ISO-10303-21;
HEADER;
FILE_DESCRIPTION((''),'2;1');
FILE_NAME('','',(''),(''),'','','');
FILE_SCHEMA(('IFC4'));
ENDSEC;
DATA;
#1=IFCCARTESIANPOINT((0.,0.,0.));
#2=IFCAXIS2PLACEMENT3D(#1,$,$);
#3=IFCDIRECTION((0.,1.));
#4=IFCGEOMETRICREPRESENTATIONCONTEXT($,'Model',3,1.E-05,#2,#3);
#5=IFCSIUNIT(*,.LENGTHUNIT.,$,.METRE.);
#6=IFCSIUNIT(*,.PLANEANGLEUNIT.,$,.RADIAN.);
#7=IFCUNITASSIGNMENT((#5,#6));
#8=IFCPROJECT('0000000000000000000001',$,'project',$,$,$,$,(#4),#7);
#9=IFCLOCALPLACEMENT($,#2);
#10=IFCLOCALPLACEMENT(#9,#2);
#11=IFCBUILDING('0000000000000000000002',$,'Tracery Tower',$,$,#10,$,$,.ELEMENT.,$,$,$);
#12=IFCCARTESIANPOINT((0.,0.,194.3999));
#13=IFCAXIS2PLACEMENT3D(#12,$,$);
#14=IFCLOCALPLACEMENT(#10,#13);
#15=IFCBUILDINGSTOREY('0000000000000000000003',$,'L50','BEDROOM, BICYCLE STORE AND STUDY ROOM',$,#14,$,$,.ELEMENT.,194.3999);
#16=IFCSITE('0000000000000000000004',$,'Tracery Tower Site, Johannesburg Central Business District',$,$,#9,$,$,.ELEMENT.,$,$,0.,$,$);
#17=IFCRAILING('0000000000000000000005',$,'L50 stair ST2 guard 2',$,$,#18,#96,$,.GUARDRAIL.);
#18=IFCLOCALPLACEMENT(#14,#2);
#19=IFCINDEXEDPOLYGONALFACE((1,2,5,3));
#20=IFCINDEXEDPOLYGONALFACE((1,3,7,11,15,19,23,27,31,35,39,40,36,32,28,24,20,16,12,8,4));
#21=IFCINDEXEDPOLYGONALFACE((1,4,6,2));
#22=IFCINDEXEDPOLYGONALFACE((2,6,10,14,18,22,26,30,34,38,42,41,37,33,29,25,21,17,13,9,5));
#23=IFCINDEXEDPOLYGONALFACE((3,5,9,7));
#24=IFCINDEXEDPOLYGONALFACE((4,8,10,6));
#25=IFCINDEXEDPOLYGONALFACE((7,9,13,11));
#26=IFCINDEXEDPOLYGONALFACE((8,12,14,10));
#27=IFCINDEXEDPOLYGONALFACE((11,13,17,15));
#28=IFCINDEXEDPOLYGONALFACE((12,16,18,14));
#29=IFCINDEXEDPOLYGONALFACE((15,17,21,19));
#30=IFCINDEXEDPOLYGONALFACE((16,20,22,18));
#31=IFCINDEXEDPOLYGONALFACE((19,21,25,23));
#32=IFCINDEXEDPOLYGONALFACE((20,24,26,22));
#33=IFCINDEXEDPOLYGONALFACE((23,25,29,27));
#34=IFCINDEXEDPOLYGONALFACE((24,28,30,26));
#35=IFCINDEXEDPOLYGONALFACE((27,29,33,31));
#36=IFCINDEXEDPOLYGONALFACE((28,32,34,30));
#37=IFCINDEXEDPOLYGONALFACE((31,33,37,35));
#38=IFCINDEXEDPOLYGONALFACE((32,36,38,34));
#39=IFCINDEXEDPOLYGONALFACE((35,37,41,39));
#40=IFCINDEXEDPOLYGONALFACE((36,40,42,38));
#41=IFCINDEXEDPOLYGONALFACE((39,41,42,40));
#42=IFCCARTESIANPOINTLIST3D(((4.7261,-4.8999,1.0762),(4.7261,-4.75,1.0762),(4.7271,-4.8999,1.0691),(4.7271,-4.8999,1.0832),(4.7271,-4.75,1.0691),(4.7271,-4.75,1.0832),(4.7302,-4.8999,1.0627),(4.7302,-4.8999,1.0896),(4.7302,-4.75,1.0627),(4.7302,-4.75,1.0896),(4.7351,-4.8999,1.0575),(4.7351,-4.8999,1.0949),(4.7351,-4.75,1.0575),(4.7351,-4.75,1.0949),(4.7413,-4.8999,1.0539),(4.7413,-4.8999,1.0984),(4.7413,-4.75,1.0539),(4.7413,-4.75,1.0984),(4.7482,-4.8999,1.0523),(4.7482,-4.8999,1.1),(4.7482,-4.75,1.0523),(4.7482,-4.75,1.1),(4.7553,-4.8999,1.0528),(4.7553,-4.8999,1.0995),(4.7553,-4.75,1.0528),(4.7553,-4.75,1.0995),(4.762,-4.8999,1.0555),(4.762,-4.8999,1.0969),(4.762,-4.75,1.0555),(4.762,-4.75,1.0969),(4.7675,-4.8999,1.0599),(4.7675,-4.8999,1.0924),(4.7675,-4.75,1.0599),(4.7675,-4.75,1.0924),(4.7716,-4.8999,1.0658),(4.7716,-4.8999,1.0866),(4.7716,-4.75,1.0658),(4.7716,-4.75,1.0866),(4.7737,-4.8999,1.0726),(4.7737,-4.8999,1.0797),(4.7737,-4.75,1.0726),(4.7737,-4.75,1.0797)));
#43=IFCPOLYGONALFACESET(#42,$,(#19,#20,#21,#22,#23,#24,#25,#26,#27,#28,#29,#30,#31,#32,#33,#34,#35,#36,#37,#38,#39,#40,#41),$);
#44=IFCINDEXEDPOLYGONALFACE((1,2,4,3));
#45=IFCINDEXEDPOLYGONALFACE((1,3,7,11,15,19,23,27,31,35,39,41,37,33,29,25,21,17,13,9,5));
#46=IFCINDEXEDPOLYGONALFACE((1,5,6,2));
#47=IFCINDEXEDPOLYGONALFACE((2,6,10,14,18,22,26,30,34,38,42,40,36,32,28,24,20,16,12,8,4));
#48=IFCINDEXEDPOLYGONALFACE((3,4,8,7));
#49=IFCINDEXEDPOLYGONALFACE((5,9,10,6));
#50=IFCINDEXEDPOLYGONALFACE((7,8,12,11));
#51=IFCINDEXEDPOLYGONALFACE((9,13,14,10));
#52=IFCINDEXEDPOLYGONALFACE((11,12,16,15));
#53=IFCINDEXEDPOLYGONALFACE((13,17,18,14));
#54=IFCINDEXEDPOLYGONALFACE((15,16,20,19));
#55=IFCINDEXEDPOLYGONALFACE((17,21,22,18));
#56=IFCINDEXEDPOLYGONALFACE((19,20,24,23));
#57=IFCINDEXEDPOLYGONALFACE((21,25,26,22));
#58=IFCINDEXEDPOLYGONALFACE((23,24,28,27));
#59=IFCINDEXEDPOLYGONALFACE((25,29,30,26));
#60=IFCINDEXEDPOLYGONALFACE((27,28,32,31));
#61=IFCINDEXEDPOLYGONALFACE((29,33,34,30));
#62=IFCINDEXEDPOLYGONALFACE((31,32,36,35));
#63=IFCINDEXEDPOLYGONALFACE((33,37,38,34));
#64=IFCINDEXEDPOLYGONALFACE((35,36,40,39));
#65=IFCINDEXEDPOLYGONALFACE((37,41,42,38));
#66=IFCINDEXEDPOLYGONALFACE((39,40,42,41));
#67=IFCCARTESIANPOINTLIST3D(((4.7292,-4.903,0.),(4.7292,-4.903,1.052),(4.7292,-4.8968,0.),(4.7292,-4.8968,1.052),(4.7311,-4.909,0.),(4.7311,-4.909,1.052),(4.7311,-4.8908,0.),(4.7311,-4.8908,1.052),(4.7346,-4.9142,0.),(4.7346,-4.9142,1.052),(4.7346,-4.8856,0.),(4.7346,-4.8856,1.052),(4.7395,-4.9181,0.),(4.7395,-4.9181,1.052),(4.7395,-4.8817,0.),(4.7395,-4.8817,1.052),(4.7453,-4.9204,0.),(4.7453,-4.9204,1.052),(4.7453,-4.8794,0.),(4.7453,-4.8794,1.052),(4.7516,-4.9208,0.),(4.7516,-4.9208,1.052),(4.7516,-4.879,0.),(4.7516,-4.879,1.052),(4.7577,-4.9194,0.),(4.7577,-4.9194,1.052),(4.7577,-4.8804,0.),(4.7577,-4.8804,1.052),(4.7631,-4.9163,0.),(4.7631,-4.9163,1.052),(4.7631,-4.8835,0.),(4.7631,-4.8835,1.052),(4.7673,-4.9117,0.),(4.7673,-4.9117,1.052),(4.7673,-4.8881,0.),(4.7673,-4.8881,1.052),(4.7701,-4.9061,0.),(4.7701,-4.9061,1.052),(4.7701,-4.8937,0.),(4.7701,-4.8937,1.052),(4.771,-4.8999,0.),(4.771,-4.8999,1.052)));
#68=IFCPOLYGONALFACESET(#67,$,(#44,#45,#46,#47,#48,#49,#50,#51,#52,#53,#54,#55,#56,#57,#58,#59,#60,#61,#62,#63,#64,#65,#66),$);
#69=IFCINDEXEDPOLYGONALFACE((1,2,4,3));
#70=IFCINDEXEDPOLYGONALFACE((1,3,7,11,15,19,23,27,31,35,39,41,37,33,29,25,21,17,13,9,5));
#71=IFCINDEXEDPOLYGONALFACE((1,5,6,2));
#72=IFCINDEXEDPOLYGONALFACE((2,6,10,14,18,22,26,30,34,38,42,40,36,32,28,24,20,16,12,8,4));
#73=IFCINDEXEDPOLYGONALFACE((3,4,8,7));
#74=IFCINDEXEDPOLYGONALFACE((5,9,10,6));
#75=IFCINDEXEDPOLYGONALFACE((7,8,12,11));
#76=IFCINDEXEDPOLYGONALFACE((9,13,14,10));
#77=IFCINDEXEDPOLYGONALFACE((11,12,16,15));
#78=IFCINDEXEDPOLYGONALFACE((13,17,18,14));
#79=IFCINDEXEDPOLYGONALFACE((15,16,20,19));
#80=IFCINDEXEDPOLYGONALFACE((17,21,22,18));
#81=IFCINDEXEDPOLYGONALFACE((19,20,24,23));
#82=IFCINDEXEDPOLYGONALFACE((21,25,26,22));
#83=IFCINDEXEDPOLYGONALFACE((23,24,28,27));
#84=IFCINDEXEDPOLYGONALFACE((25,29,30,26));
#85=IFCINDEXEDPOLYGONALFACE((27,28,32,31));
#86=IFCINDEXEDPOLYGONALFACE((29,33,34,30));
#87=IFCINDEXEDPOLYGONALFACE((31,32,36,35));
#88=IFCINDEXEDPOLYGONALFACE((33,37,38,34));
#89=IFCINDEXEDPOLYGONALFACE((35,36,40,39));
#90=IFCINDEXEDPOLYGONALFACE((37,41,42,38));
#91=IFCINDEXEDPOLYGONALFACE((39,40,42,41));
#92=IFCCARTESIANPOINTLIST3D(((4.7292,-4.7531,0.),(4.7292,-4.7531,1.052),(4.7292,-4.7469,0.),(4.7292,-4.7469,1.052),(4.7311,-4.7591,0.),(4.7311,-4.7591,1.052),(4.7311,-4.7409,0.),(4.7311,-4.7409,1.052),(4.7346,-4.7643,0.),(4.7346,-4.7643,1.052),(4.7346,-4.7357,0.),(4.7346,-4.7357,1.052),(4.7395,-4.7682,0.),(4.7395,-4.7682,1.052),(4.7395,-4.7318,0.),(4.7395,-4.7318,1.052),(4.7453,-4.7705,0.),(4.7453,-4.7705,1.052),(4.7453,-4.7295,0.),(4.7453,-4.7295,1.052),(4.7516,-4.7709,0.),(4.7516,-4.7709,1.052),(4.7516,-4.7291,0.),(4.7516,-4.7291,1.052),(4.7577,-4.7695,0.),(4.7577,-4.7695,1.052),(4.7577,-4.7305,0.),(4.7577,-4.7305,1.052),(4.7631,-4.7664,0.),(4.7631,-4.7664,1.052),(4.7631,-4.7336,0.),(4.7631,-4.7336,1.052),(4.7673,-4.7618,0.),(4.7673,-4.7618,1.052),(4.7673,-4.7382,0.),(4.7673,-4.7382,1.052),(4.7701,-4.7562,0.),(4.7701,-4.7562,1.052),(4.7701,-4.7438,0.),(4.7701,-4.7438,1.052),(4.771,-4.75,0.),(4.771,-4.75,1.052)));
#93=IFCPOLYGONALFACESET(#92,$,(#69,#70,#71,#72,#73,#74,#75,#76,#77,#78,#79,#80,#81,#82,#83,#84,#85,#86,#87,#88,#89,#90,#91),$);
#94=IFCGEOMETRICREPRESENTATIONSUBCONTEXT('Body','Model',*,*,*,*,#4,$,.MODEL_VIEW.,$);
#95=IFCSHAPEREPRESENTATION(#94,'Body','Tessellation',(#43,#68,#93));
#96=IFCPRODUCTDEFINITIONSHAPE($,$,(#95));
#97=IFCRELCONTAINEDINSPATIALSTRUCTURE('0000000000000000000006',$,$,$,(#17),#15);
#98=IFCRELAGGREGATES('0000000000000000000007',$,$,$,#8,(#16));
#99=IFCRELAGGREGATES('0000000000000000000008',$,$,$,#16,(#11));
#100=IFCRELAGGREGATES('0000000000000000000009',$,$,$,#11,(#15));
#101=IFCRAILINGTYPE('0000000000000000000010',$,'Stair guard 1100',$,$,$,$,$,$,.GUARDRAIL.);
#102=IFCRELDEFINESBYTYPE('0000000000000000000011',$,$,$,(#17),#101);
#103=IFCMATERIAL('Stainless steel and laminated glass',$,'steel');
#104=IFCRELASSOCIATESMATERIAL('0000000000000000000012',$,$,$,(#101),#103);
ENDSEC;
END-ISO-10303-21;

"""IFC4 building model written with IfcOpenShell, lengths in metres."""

from ifc_helpers import new_model, si_unit, direction, frame, origin, origin_2d, place, context, subcontext, project, spatial, circle, extrude, material, type_object, element, save


model = new_model("IFC4")

# Units and contexts
model_context = context("Model", 3, precision=1e-05, world=origin(), true_north=direction((0.0, 1.0)))
body_context = subcontext(model_context, "Body", "Model", "MODEL_VIEW")
ifc_project = project(units=[si_unit("LENGTHUNIT", "METRE"), si_unit("PLANEANGLEUNIT", "RADIAN")], contexts=[model_context])

# Site, building, storey
site_placement = place(None, origin())
site = spatial("IfcSite", under=ifc_project, at=site_placement, Name="Tracery Tower Site, Johannesburg Central Business District", CompositionType="ELEMENT", RefElevation=0.0)
building_placement = place(site_placement, origin())
building = spatial("IfcBuilding", under=site, at=building_placement, Name="Tracery Tower", CompositionType="ELEMENT")
storey_placement = place(building_placement, frame((0.0, 0.0, 194.3999)))
storey = spatial("IfcBuildingStorey", under=building, at=storey_placement, Name="L50", Description="BEDROOM, BICYCLE STORE AND STUDY ROOM", CompositionType="ELEMENT", Elevation=194.3999)

# Railing
ifc_material_1 = material(Name="Stainless steel and laminated glass", Category="steel")
railing_type_1 = type_object("IfcRailingType", Name="Stair guard 1100", PredefinedType="GUARDRAIL", material=ifc_material_1)
railing_1_placement = place(storey_placement, frame((4.75, -4.8999, 0.0)))
element("IfcRailing", 1, at=railing_1_placement, inside=storey, type_object=railing_type_1, Name="L50 stair ST2 guard 2", PredefinedType="GUARDRAIL", context=body_context, shape_type="SweptSolid", body=[
    extrude(circle(Radius=0.0239, at=origin_2d()), frame((0.0, 0.0, 1.0762), z_axis=(0.0, 1.0, 0.0), x_axis=(-1.0, 0.0, 0.0)), (0.0, 0.0, 1.0), 0.1499),
    extrude(circle(Radius=0.021, at=origin_2d()), origin(), (0.0, 0.0, 1.0), 1.052),
    extrude(circle(Radius=0.021, at=origin_2d()), frame((0.0, 0.1499, 0.0)), (0.0, 0.0, 1.0), 1.052),
])

save(model, "model.ifc")
